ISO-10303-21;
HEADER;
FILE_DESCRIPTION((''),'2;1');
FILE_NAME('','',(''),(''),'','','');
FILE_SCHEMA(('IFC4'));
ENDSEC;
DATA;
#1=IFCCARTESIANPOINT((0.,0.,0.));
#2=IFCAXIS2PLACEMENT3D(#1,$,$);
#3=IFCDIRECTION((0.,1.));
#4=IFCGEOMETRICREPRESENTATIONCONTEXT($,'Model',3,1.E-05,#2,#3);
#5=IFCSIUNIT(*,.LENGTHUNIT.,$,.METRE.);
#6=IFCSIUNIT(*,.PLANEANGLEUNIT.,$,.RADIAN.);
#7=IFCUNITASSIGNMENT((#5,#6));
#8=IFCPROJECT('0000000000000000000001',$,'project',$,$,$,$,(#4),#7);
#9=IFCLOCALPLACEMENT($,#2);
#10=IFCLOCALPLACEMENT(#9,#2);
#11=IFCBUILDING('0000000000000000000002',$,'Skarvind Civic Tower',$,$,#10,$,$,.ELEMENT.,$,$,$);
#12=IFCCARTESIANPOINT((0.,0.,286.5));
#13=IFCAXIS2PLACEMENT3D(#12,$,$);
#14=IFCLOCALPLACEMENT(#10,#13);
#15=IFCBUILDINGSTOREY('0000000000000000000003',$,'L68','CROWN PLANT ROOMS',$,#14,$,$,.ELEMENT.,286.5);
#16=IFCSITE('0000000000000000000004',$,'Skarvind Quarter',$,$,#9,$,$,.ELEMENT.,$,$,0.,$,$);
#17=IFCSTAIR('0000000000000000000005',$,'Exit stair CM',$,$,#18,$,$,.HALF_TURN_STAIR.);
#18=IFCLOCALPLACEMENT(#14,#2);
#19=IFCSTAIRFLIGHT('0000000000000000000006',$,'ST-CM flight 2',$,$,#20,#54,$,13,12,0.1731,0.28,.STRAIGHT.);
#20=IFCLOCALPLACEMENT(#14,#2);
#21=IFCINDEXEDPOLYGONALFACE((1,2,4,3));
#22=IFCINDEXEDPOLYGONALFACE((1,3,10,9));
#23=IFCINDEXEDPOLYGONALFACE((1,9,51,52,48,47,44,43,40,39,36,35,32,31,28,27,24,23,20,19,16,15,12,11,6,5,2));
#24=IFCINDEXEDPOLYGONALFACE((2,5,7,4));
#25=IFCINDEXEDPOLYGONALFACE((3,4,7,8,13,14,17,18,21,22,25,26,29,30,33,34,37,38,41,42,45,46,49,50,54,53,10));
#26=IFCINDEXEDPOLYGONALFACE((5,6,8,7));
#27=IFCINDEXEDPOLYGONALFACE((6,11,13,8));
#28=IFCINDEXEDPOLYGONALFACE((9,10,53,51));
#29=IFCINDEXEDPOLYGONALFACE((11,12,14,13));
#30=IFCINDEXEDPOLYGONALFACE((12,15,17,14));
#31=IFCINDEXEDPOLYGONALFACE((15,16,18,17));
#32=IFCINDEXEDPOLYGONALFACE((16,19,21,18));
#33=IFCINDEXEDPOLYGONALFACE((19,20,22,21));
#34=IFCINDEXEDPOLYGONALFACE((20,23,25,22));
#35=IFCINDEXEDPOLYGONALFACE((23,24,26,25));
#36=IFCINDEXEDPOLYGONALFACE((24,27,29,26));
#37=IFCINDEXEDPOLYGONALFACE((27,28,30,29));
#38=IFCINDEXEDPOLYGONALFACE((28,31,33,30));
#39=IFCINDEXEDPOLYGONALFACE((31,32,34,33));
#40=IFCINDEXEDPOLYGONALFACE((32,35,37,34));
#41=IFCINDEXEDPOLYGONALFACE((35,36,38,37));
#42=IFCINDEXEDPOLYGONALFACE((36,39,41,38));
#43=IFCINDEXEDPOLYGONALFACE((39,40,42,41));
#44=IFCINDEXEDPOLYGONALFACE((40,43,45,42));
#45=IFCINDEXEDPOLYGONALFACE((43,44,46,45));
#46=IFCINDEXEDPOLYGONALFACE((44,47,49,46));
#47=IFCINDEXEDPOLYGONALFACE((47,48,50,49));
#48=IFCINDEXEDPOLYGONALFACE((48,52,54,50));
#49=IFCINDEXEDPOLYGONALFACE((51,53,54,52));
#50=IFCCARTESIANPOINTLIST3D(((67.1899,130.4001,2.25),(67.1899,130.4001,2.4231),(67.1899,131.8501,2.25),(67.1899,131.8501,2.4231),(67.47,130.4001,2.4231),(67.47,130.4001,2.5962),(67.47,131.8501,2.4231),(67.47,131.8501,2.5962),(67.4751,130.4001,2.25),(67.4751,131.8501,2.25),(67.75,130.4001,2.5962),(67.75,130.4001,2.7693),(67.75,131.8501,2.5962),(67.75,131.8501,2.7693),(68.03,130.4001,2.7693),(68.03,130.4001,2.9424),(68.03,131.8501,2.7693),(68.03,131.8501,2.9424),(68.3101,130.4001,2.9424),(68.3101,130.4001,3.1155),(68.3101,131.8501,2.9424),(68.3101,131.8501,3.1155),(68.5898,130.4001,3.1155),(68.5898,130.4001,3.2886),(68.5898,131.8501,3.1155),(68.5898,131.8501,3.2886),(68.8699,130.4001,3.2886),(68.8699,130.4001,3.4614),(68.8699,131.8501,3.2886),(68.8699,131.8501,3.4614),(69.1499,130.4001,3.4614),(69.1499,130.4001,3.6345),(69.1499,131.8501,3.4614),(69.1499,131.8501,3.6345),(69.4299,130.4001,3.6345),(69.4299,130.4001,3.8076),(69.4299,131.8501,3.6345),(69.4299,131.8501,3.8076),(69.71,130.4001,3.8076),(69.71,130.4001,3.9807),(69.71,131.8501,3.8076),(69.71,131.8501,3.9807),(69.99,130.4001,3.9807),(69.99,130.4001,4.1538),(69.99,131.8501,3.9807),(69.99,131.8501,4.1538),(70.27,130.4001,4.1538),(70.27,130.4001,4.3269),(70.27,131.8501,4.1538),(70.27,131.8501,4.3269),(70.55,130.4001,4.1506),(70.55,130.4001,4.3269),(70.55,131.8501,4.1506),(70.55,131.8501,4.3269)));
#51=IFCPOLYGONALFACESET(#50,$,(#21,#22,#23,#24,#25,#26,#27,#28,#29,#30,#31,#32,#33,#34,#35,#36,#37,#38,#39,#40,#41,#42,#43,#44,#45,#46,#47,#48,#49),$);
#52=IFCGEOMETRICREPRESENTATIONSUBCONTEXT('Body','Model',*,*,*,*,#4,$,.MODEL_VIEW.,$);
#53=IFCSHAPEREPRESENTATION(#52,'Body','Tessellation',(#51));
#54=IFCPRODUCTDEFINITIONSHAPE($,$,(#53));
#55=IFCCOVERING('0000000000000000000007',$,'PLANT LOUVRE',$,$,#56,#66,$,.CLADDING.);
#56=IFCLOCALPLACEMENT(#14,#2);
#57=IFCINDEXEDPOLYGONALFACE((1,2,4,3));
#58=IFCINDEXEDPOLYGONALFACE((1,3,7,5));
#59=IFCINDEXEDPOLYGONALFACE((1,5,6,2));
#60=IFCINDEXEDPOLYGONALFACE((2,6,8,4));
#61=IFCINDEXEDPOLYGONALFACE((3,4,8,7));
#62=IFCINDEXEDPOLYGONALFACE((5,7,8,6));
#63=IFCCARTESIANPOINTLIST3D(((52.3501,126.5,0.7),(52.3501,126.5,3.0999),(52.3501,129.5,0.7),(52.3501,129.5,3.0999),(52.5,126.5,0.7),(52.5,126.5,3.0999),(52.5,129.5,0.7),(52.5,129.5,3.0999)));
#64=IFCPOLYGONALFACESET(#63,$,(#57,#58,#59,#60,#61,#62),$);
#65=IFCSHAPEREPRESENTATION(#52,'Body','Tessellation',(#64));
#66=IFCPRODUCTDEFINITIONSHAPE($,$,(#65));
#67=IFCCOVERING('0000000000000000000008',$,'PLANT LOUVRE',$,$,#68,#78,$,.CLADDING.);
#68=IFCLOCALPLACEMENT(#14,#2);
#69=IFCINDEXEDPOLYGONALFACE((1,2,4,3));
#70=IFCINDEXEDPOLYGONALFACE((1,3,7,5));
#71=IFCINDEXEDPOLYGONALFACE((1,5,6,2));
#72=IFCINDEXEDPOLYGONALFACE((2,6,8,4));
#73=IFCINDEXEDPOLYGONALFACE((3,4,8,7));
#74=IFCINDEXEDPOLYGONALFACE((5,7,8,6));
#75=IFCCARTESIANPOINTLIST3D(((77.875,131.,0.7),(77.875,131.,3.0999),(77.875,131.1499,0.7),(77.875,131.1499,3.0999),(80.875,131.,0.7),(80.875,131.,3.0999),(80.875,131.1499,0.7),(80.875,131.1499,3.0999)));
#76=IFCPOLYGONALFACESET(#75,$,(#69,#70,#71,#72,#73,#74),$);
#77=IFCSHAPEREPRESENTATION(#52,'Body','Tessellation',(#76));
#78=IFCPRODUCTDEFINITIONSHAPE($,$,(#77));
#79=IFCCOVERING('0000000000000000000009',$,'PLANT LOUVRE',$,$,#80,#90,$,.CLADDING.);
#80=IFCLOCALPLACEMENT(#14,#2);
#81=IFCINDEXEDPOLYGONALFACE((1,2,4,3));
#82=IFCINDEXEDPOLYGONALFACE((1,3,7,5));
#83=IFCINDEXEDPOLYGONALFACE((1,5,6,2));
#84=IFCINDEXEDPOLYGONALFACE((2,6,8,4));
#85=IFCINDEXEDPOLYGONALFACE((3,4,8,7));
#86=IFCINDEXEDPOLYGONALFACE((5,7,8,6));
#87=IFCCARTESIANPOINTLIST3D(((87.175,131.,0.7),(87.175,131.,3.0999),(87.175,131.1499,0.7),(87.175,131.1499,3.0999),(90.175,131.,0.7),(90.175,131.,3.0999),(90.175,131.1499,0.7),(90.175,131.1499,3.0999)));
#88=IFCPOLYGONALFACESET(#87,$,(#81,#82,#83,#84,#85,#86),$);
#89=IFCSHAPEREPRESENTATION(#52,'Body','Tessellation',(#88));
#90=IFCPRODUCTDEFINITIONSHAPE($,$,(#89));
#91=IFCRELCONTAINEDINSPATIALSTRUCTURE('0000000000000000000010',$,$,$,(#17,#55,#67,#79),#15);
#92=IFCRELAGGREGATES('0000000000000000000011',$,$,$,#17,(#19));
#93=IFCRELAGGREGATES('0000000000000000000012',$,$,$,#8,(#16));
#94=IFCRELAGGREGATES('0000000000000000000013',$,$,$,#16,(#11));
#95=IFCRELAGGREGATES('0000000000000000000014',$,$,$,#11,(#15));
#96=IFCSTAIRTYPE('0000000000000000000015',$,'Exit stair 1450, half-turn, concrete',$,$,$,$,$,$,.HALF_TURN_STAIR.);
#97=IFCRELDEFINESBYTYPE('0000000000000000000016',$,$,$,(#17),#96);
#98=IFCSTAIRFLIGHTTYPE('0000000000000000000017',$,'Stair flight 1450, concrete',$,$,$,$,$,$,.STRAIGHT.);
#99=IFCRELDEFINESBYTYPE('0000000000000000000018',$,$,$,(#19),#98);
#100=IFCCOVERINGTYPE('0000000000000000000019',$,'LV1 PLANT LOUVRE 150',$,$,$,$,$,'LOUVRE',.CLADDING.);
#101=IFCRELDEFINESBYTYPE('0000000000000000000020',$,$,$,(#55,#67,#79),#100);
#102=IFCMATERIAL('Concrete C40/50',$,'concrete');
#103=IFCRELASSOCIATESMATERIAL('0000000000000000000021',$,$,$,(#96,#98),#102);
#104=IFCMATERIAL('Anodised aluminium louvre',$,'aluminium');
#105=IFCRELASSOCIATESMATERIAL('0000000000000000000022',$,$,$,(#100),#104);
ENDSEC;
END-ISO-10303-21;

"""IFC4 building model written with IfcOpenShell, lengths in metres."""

from ifc_helpers import new_model, si_unit, direction, frame, origin, origin_2d, place, context, subcontext, project, spatial, polyline, rectangle, outline, extrude, material, material_profile, profile_set, type_object, element, aggregate, save


model = new_model("IFC4")

# Units and contexts
model_context = context("Model", 3, precision=1e-05, world=origin(), true_north=direction((0.0, 1.0)))
body_context = subcontext(model_context, "Body", "Model", "MODEL_VIEW")
ifc_project = project(units=[si_unit("LENGTHUNIT", "METRE"), si_unit("PLANEANGLEUNIT", "RADIAN")], contexts=[model_context])

# Site, building, storey
site_placement = place(None, origin())
site = spatial("IfcSite", under=ifc_project, at=site_placement, Name="Skarvind Quarter", CompositionType="ELEMENT", RefElevation=0.0)
building_placement = place(site_placement, origin())
building = spatial("IfcBuilding", under=site, at=building_placement, Name="Skarvind Civic Tower", CompositionType="ELEMENT")
storey_placement = place(building_placement, frame((0.0, 0.0, 286.5)))
storey = spatial("IfcBuildingStorey", under=building, at=storey_placement, Name="L68", Description="CROWN PLANT ROOMS", CompositionType="ELEMENT", Elevation=286.5)

# Stair, stair flight
ifc_material_1 = material(Name="Concrete C40/50", Category="concrete")
stair_type = type_object("IfcStairType", Name="Exit stair 1450, half-turn, concrete", PredefinedType="HALF_TURN_STAIR", material=ifc_material_1)
stair_placement = place(storey_placement, origin())
stair = element("IfcStair", 1, at=stair_placement, inside=storey, type_object=stair_type, Name="Exit stair CM", PredefinedType="HALF_TURN_STAIR")
stair_flight_type = type_object("IfcStairFlightType", Name="Stair flight 1450, concrete", PredefinedType="STRAIGHT", material=ifc_material_1)
stair_flight_1_placement = place(storey_placement, frame((67.1899, 131.125, 2.25), z_axis=(0.0, 0.0, 1.0), x_axis=(1.0, 0.0, 0.0)))
stair_flight_1 = element("IfcStairFlight", 2, at=stair_flight_1_placement, type_object=stair_flight_type, Name="ST-CM flight 2", NumberOfRisers=13, NumberOfTreads=12, PredefinedType="STRAIGHT", RiserHeight=0.1731, TreadLength=0.28, context=body_context, shape_type="SweptSolid", body=[
    extrude(outline(polyline([(0.0, 0.0), (0.0, 0.1731), (0.28, 0.1731), (0.28, 0.3462), (0.5601, 0.3462), (0.5601, 0.5193), (0.8401, 0.5193), (0.8401, 0.6924), (1.1201, 0.6924), (1.1201, 0.8655), (1.3999, 0.8655), (1.3999, 1.0386), (1.6799, 1.0386), (1.6799, 1.2114), (1.96, 1.2114), (1.96, 1.3845), (2.24, 1.3845), (2.24, 1.5576), (2.52, 1.5576), (2.52, 1.7307), (2.8, 1.7307), (2.8, 1.9038), (3.0801, 1.9038), (3.0801, 2.0769), (3.3601, 2.0769), (3.3601, 2.25), (3.3601, 1.9006), (0.2852, 0.0), (0.0, 0.0)])), frame((0.0, 0.7251, 0.0), z_axis=(0.0, -1.0, 0.0), x_axis=(1.0, 0.0, 0.0)), (0.0, 0.0, 1.0), 1.45),
])
aggregate(stair, [stair_flight_1])

# Coverings
ifc_material_2 = material(Name="Anodised aluminium louvre", Category="aluminium")
ifc_material_profile_1 = material_profile(ifc_material_2, rectangle(XDim=3.0, YDim=2.3999, at=origin_2d()), Name="LOUVRE 3000 x 2400")
ifc_profile_set_1 = profile_set([ifc_material_profile_1], Name="Anodised aluminium louvre")
covering_type = type_object("IfcCoveringType", Name="LV1 PLANT LOUVRE 150", ElementType="LOUVRE", PredefinedType="CLADDING", material=ifc_profile_set_1)
for number, where, z_axis, x_axis, name in (
    (3, (52.5, 128.0, 1.8999), (-1.0, 0.0, 0.0), (0.0, -1.0, 0.0), "PLANT LOUVRE"),
    (4, (79.375, 131.0, 1.8999), (0.0, 1.0, 0.0), (-1.0, 0.0, 0.0), "PLANT LOUVRE"),
    (5, (88.675, 131.0, 1.8999), (0.0, 1.0, 0.0), (-1.0, 0.0, 0.0), "PLANT LOUVRE"),
):
    element("IfcCovering", number, at=place(storey_placement, frame(where, z_axis=z_axis, x_axis=x_axis)), inside=storey, type_object=covering_type, Name=name, PredefinedType="CLADDING", context=body_context, shape_type="SweptSolid", body=[
        extrude(rectangle(XDim=3.0, YDim=2.3999, at=origin_2d()), origin(), (0.0, 0.0, 1.0), 0.1499),
    ])

save(model, "model.ifc")
